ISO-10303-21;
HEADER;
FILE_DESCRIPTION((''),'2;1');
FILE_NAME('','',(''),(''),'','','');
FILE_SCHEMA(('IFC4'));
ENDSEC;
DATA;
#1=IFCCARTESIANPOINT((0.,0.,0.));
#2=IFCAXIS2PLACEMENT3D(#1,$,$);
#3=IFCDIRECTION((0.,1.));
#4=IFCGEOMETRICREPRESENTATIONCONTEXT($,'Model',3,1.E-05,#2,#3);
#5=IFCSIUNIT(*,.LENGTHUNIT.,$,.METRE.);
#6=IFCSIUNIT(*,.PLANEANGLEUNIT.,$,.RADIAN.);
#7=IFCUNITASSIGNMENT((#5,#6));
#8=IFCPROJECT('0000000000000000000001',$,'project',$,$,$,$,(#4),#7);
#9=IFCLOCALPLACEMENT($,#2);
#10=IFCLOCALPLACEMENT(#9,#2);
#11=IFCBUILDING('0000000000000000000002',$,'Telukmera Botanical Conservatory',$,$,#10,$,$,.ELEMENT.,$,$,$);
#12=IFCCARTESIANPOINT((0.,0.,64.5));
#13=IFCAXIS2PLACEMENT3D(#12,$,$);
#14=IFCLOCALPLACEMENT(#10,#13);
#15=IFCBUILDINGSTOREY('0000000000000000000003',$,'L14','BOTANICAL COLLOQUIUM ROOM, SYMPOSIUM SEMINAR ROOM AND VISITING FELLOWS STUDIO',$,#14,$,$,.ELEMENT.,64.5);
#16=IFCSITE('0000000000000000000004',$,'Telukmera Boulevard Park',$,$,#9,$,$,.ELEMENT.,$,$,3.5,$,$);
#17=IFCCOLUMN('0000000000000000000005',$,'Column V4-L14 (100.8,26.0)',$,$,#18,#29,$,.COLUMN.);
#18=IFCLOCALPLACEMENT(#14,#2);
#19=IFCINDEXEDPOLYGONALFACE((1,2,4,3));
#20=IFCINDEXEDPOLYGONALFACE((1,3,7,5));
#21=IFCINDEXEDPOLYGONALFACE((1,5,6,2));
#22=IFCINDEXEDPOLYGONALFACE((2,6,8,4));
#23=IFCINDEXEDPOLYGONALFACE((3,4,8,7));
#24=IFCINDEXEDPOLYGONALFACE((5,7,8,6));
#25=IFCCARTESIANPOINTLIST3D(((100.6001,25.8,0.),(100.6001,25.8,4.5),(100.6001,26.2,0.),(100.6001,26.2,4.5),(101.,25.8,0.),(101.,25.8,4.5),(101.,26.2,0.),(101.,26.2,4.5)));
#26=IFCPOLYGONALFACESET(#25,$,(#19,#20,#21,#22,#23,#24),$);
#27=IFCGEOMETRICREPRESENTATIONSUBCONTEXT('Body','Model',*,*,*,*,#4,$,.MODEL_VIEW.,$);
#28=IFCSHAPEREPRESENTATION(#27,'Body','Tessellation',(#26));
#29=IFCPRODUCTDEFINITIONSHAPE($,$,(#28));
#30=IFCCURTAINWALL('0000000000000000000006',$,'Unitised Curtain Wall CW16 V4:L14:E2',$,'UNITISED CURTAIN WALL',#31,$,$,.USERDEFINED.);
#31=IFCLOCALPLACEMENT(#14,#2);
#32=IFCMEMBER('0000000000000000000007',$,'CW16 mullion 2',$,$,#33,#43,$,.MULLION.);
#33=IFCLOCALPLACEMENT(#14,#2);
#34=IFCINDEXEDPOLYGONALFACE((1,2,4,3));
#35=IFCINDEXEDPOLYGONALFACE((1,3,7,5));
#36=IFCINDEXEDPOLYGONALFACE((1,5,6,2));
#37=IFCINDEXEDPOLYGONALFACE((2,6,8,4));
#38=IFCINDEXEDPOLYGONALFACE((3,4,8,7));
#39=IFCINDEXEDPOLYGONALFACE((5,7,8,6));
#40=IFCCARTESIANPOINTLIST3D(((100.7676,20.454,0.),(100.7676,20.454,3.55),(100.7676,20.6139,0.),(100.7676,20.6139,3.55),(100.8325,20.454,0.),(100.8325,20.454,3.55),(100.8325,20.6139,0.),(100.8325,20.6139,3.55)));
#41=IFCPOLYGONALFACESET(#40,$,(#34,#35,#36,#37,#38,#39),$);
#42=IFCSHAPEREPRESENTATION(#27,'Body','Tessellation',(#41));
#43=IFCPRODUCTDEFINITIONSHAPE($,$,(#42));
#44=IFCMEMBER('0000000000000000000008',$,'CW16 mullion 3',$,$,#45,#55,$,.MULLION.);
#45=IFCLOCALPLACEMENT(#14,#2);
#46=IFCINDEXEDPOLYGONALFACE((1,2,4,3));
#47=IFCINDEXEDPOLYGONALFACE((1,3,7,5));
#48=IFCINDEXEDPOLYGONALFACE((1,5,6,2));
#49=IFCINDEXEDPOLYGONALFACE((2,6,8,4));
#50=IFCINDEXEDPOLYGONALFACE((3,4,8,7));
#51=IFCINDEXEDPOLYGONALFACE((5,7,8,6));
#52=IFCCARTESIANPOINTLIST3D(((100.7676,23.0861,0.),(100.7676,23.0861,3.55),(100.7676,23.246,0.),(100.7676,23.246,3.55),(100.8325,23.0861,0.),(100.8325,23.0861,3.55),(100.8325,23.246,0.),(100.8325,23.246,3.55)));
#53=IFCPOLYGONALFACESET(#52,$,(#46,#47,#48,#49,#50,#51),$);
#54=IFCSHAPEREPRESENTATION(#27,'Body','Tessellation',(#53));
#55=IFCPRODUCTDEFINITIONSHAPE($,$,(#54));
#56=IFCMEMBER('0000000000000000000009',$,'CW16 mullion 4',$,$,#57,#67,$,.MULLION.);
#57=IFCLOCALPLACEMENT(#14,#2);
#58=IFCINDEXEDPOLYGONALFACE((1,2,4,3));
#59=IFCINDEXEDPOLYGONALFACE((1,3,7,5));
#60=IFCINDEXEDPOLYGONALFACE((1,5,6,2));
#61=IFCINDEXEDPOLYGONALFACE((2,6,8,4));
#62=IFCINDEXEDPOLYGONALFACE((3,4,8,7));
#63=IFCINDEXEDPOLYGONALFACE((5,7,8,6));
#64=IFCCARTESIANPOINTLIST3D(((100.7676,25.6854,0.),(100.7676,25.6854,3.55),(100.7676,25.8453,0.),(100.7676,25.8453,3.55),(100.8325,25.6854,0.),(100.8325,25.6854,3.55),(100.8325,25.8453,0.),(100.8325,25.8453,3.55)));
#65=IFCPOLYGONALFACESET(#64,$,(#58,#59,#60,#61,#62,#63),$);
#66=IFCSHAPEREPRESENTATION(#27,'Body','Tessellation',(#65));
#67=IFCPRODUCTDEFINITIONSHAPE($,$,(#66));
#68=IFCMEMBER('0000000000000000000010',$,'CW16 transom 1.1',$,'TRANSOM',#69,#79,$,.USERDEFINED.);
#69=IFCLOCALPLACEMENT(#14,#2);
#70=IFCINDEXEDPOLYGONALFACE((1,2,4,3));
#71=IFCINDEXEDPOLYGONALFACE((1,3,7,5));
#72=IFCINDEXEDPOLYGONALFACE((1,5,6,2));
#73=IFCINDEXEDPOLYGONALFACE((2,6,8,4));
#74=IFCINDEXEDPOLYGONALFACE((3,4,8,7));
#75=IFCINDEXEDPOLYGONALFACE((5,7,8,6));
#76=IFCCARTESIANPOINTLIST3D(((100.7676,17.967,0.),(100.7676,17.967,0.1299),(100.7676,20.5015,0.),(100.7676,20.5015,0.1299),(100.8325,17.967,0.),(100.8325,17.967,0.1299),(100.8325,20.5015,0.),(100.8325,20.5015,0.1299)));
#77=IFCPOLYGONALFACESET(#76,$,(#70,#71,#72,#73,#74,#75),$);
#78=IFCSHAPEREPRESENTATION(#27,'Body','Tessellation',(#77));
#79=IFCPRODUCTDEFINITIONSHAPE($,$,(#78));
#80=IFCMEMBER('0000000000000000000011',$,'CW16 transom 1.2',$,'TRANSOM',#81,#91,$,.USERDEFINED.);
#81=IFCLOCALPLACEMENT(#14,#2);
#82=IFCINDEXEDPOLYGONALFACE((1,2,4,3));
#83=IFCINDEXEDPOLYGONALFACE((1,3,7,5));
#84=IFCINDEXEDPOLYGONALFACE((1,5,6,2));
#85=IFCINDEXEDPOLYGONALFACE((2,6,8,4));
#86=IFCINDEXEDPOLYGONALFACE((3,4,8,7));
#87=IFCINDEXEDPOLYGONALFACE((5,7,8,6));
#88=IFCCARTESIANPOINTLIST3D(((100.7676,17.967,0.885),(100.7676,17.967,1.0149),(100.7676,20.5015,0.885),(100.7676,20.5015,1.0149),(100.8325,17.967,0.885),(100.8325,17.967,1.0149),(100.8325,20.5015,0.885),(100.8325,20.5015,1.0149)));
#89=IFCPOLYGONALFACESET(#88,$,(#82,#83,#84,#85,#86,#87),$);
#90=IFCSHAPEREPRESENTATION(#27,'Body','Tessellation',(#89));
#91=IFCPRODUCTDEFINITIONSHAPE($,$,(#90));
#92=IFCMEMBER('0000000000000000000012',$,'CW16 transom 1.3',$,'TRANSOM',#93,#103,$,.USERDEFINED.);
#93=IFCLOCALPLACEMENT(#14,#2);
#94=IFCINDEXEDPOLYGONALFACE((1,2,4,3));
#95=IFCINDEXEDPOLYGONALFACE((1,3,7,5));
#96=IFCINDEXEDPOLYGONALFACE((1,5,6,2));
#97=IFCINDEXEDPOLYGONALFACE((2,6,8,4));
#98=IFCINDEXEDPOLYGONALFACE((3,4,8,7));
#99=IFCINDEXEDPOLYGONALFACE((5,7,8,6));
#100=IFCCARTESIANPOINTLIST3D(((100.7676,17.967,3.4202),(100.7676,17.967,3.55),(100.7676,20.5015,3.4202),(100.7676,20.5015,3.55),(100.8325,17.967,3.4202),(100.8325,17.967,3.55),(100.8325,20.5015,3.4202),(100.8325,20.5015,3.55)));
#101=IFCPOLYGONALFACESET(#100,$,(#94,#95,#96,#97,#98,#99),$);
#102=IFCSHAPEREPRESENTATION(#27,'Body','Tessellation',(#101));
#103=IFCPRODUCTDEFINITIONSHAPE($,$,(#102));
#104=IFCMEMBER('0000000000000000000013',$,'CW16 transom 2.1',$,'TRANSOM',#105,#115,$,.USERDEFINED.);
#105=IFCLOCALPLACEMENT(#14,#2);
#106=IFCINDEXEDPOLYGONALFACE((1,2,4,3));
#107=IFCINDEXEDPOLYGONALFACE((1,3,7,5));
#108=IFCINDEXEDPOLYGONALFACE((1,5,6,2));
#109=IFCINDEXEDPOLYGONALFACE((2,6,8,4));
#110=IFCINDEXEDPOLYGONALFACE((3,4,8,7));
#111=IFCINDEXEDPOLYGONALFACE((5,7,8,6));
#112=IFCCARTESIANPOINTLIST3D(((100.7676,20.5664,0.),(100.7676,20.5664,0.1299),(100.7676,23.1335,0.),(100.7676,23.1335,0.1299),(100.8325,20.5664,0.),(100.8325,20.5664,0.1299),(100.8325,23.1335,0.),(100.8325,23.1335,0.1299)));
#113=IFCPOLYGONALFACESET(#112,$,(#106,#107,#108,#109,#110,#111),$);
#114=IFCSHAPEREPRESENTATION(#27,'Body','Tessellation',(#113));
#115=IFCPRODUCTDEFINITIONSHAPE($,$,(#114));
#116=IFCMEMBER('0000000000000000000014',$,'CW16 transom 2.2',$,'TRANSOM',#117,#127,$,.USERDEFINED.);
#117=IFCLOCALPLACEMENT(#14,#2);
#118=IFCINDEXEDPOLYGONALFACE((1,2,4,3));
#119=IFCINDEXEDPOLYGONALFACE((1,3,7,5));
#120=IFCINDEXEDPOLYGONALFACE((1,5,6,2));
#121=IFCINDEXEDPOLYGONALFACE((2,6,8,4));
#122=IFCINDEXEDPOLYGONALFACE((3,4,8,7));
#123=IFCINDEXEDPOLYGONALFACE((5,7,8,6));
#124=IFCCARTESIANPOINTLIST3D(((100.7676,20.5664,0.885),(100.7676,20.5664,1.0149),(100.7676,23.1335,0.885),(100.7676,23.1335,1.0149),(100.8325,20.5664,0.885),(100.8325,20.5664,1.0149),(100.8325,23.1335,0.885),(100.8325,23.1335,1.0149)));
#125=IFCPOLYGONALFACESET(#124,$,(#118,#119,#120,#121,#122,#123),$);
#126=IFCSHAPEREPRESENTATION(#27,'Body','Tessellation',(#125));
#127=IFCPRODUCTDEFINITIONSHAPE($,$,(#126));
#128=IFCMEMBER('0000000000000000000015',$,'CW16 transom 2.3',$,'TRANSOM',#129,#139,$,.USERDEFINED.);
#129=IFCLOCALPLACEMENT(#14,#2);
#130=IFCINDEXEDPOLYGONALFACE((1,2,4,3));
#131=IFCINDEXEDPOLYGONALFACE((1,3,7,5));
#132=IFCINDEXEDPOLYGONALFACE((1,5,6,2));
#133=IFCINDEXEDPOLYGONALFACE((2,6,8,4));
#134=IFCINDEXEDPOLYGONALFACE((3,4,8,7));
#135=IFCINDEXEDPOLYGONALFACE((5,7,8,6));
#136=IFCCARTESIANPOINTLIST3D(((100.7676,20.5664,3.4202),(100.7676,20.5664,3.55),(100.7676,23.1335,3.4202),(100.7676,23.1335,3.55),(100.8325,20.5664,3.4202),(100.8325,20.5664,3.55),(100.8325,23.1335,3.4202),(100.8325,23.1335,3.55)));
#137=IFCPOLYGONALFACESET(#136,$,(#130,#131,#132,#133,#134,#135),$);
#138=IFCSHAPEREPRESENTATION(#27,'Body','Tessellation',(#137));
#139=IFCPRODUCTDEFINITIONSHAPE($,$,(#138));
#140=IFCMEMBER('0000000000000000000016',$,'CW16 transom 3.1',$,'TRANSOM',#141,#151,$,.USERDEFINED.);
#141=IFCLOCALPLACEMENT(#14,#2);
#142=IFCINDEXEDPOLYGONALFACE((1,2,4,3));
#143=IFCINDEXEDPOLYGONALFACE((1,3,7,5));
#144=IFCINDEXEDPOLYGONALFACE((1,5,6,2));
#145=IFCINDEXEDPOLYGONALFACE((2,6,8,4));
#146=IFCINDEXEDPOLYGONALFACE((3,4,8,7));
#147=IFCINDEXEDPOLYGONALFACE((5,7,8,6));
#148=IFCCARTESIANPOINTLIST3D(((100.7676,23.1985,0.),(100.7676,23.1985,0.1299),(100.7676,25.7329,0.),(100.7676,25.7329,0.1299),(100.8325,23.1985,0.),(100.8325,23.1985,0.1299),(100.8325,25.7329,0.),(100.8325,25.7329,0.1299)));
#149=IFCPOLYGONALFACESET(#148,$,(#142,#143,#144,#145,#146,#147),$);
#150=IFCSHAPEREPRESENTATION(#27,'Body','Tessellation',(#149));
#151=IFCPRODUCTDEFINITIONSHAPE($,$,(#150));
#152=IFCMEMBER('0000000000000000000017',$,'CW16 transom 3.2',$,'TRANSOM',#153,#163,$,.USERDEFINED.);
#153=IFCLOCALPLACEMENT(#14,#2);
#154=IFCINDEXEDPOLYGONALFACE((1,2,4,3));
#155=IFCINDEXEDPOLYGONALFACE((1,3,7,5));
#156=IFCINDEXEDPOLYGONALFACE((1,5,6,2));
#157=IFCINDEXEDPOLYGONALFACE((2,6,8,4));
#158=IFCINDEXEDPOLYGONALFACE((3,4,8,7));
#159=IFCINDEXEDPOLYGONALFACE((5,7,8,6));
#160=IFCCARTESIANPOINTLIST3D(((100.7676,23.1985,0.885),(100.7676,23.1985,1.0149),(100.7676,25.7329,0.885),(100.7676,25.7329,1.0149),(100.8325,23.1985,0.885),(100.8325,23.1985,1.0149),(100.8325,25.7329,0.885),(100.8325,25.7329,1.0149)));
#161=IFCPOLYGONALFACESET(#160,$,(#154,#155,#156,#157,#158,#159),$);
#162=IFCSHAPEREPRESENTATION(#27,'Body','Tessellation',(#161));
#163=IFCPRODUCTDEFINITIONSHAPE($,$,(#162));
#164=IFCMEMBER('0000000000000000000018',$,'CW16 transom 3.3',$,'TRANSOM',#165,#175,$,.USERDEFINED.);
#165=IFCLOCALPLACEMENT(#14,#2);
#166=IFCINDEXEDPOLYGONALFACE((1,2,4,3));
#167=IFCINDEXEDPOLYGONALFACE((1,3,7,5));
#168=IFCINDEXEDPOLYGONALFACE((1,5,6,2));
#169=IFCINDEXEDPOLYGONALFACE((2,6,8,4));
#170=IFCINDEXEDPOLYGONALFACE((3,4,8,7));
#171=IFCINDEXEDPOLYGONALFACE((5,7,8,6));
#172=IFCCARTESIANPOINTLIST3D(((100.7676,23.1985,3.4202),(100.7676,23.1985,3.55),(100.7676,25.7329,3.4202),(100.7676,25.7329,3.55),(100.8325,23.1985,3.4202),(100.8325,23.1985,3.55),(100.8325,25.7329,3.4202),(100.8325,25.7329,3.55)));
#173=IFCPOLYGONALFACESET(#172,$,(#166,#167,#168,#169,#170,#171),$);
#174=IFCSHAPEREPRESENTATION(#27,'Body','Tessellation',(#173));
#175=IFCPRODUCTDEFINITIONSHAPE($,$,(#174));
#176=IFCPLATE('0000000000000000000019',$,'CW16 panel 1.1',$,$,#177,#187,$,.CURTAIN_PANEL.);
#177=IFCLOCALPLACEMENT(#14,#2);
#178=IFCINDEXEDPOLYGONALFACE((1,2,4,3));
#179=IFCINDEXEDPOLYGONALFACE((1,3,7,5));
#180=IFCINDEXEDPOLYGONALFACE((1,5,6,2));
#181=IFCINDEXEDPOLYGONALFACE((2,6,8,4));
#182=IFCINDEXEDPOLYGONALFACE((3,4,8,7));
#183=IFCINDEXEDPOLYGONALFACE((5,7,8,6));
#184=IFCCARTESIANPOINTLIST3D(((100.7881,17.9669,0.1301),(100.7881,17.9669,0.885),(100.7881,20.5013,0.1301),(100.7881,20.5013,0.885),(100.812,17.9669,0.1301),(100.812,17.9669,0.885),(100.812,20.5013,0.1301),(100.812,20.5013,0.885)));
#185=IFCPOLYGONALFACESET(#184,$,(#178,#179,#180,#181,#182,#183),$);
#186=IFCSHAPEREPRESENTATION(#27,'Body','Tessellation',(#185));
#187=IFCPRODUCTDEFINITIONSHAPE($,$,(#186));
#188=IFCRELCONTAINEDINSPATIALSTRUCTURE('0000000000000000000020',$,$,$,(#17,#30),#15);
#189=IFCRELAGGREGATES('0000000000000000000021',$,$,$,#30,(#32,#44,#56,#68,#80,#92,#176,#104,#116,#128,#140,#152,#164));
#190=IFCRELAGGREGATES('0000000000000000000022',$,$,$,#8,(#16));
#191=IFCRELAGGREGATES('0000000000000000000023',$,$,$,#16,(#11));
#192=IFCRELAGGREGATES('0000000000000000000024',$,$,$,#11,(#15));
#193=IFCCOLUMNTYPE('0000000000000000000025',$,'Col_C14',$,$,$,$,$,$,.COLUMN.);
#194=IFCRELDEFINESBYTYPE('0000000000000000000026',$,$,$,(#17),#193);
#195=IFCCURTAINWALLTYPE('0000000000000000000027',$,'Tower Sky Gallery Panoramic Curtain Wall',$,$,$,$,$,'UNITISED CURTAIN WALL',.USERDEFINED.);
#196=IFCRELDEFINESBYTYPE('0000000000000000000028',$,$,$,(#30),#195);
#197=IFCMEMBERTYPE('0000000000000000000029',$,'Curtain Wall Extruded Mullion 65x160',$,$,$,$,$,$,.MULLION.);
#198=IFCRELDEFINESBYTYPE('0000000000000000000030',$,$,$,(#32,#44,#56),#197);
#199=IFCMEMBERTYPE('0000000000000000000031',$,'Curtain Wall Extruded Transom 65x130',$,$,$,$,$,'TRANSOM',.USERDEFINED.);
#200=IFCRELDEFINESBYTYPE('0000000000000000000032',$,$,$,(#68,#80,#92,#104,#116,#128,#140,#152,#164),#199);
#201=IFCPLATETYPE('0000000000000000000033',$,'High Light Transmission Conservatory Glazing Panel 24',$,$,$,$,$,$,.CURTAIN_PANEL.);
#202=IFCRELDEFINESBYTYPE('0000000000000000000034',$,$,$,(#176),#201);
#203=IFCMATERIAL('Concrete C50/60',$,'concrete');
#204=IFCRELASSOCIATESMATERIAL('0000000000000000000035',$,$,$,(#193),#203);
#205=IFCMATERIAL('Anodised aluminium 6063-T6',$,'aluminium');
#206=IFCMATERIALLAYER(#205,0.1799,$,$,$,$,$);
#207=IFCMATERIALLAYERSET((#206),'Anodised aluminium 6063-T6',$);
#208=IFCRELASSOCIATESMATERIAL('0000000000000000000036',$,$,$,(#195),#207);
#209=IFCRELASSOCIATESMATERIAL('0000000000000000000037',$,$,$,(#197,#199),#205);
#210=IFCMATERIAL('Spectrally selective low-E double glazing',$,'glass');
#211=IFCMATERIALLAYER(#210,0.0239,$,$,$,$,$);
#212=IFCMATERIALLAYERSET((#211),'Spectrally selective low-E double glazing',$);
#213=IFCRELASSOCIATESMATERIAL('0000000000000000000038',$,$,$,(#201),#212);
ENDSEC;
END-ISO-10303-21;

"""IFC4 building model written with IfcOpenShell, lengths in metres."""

from ifc_helpers import new_model, si_unit, direction, frame, origin, origin_2d, place, context, subcontext, project, spatial, rectangle, extrude, material, layer, layer_set, material_profile, profile_set, type_object, element, aggregate, save


model = new_model("IFC4")

# Units and contexts
model_context = context("Model", 3, precision=1e-05, world=origin(), true_north=direction((0.0, 1.0)))
body_context = subcontext(model_context, "Body", "Model", "MODEL_VIEW")
ifc_project = project(units=[si_unit("LENGTHUNIT", "METRE"), si_unit("PLANEANGLEUNIT", "RADIAN")], contexts=[model_context])

# Site, building, storey
site_placement = place(None, origin())
site = spatial("IfcSite", under=ifc_project, at=site_placement, Name="Telukmera Boulevard Park", CompositionType="ELEMENT", RefElevation=3.5)
building_placement = place(site_placement, origin())
building = spatial("IfcBuilding", under=site, at=building_placement, Name="Telukmera Botanical Conservatory", CompositionType="ELEMENT")
storey_placement = place(building_placement, frame((0.0, 0.0, 64.5)))
storey = spatial("IfcBuildingStorey", under=building, at=storey_placement, Name="L14", Description="BOTANICAL COLLOQUIUM ROOM, SYMPOSIUM SEMINAR ROOM AND VISITING FELLOWS STUDIO", CompositionType="ELEMENT", Elevation=64.5)

# Column
ifc_material_1 = material(Name="Concrete C50/60", Category="concrete")
ifc_material_profile_1 = material_profile(ifc_material_1, rectangle(XDim=0.3999, YDim=0.3999, at=origin_2d()), Name="RC 400x400")
ifc_profile_set_1 = profile_set([ifc_material_profile_1], Name="Concrete C50/60")
column_type = type_object("IfcColumnType", Name="Col_C14", PredefinedType="COLUMN", material=ifc_profile_set_1)
column_placement = place(storey_placement, frame((100.8, 26.0, 0.0), z_axis=(0.0, 0.0, 1.0), x_axis=(1.0, 0.0, 0.0)))
element("IfcColumn", 1, at=column_placement, inside=storey, type_object=column_type, Name="Column V4-L14 (100.8,26.0)", PredefinedType="COLUMN", context=body_context, shape_type="SweptSolid", body=[
    extrude(rectangle(XDim=0.3999, YDim=0.3999, at=origin_2d()), origin(), (0.0, 0.0, 1.0), 4.5),
])

# Curtain wall, members, plate
ifc_material_2 = material(Name="Anodised aluminium 6063-T6", Category="aluminium")
ifc_layer_1 = layer(ifc_material_2, 0.1799)
ifc_layer_set_1 = layer_set([ifc_layer_1], Name="Anodised aluminium 6063-T6")
curtain_wall_type = type_object("IfcCurtainWallType", Name="Tower Sky Gallery Panoramic Curtain Wall", ElementType="UNITISED CURTAIN WALL", PredefinedType="USERDEFINED", material=ifc_layer_set_1)
curtain_wall_placement = place(storey_placement, origin())
curtain_wall = element("IfcCurtainWall", 2, at=curtain_wall_placement, inside=storey, type_object=curtain_wall_type, Name="Unitised Curtain Wall CW16 V4:L14:E2", ObjectType="UNITISED CURTAIN WALL", PredefinedType="USERDEFINED")
ifc_material_profile_2 = material_profile(ifc_material_2, rectangle(XDim=0.0649, YDim=0.1599, at=origin_2d()), Name="ALU MULL 65x160")
ifc_profile_set_2 = profile_set([ifc_material_profile_2], Name="Anodised aluminium 6063-T6")
member_type_1 = type_object("IfcMemberType", Name="Curtain Wall Extruded Mullion 65x160", PredefinedType="MULLION", material=ifc_profile_set_2)
member_1_placement = place(storey_placement, frame((100.8, 20.5339, 0.0), z_axis=(0.0, 0.0, 1.0), x_axis=(-1.0, 0.0, 0.0)))
member_1 = element("IfcMember", 3, at=member_1_placement, type_object=member_type_1, Name="CW16 mullion 2", PredefinedType="MULLION", context=body_context, shape_type="SweptSolid", body=[
    extrude(rectangle(XDim=0.0649, YDim=0.1599, at=origin_2d()), origin(), (0.0, 0.0, 1.0), 3.55),
])
member_2_placement = place(storey_placement, frame((100.8, 23.166, 0.0), z_axis=(0.0, 0.0, 1.0), x_axis=(-1.0, 0.0, 0.0)))
member_2 = element("IfcMember", 4, at=member_2_placement, type_object=member_type_1, Name="CW16 mullion 3", PredefinedType="MULLION", context=body_context, shape_type="SweptSolid", body=[
    extrude(rectangle(XDim=0.0649, YDim=0.1599, at=origin_2d()), origin(), (0.0, 0.0, 1.0), 3.55),
])
member_3_placement = place(storey_placement, frame((100.8, 25.7654, 0.0), z_axis=(0.0, 0.0, 1.0), x_axis=(-1.0, 0.0, 0.0)))
member_3 = element("IfcMember", 5, at=member_3_placement, type_object=member_type_1, Name="CW16 mullion 4", PredefinedType="MULLION", context=body_context, shape_type="SweptSolid", body=[
    extrude(rectangle(XDim=0.0649, YDim=0.1599, at=origin_2d()), origin(), (0.0, 0.0, 1.0), 3.55),
])
ifc_material_profile_3 = material_profile(ifc_material_2, rectangle(XDim=0.0649, YDim=0.1299, at=origin_2d()), Name="ALU TRAN 65x130")
ifc_profile_set_3 = profile_set([ifc_material_profile_3], Name="Anodised aluminium 6063-T6")
member_type_2 = type_object("IfcMemberType", Name="Curtain Wall Extruded Transom 65x130", ElementType="TRANSOM", PredefinedType="USERDEFINED", material=ifc_profile_set_3)
member_4_placement = place(storey_placement, frame((100.8, 17.967, 0.0649), z_axis=(0.0, 1.0, 0.0), x_axis=(-1.0, 0.0, 0.0)))
member_4 = element("IfcMember", 6, at=member_4_placement, type_object=member_type_2, Name="CW16 transom 1.1", ObjectType="TRANSOM", PredefinedType="USERDEFINED", context=body_context, shape_type="SweptSolid", body=[
    extrude(rectangle(XDim=0.0649, YDim=0.1299, at=origin_2d()), origin(), (0.0, 0.0, 1.0), 2.5344),
])
member_5_placement = place(storey_placement, frame((100.8, 17.967, 0.95), z_axis=(0.0, 1.0, 0.0), x_axis=(-1.0, 0.0, 0.0)))
member_5 = element("IfcMember", 7, at=member_5_placement, type_object=member_type_2, Name="CW16 transom 1.2", ObjectType="TRANSOM", PredefinedType="USERDEFINED", context=body_context, shape_type="SweptSolid", body=[
    extrude(rectangle(XDim=0.0649, YDim=0.1299, at=origin_2d()), origin(), (0.0, 0.0, 1.0), 2.5344),
])
member_6_placement = place(storey_placement, frame((100.8, 17.967, 3.4851), z_axis=(0.0, 1.0, 0.0), x_axis=(-1.0, 0.0, 0.0)))
member_6 = element("IfcMember", 8, at=member_6_placement, type_object=member_type_2, Name="CW16 transom 1.3", ObjectType="TRANSOM", PredefinedType="USERDEFINED", context=body_context, shape_type="SweptSolid", body=[
    extrude(rectangle(XDim=0.0649, YDim=0.1299, at=origin_2d()), origin(), (0.0, 0.0, 1.0), 2.5344),
])
member_7_placement = place(storey_placement, frame((100.8, 20.5664, 0.0649), z_axis=(0.0, 1.0, 0.0), x_axis=(-1.0, 0.0, 0.0)))
member_7 = element("IfcMember", 9, at=member_7_placement, type_object=member_type_2, Name="CW16 transom 2.1", ObjectType="TRANSOM", PredefinedType="USERDEFINED", context=body_context, shape_type="SweptSolid", body=[
    extrude(rectangle(XDim=0.0649, YDim=0.1299, at=origin_2d()), origin(), (0.0, 0.0, 1.0), 2.5671),
])
member_8_placement = place(storey_placement, frame((100.8, 20.5664, 0.95), z_axis=(0.0, 1.0, 0.0), x_axis=(-1.0, 0.0, 0.0)))
member_8 = element("IfcMember", 10, at=member_8_placement, type_object=member_type_2, Name="CW16 transom 2.2", ObjectType="TRANSOM", PredefinedType="USERDEFINED", context=body_context, shape_type="SweptSolid", body=[
    extrude(rectangle(XDim=0.0649, YDim=0.1299, at=origin_2d()), origin(), (0.0, 0.0, 1.0), 2.5671),
])
member_9_placement = place(storey_placement, frame((100.8, 20.5664, 3.4851), z_axis=(0.0, 1.0, 0.0), x_axis=(-1.0, 0.0, 0.0)))
member_9 = element("IfcMember", 11, at=member_9_placement, type_object=member_type_2, Name="CW16 transom 2.3", ObjectType="TRANSOM", PredefinedType="USERDEFINED", context=body_context, shape_type="SweptSolid", body=[
    extrude(rectangle(XDim=0.0649, YDim=0.1299, at=origin_2d()), origin(), (0.0, 0.0, 1.0), 2.5671),
])
member_10_placement = place(storey_placement, frame((100.8, 23.1985, 0.0649), z_axis=(0.0, 1.0, 0.0), x_axis=(-1.0, 0.0, 0.0)))
member_10 = element("IfcMember", 12, at=member_10_placement, type_object=member_type_2, Name="CW16 transom 3.1", ObjectType="TRANSOM", PredefinedType="USERDEFINED", context=body_context, shape_type="SweptSolid", body=[
    extrude(rectangle(XDim=0.0649, YDim=0.1299, at=origin_2d()), origin(), (0.0, 0.0, 1.0), 2.5344),
])
member_11_placement = place(storey_placement, frame((100.8, 23.1985, 0.95), z_axis=(0.0, 1.0, 0.0), x_axis=(-1.0, 0.0, 0.0)))
member_11 = element("IfcMember", 13, at=member_11_placement, type_object=member_type_2, Name="CW16 transom 3.2", ObjectType="TRANSOM", PredefinedType="USERDEFINED", context=body_context, shape_type="SweptSolid", body=[
    extrude(rectangle(XDim=0.0649, YDim=0.1299, at=origin_2d()), origin(), (0.0, 0.0, 1.0), 2.5344),
])
member_12_placement = place(storey_placement, frame((100.8, 23.1985, 3.4851), z_axis=(0.0, 1.0, 0.0), x_axis=(-1.0, 0.0, 0.0)))
member_12 = element("IfcMember", 14, at=member_12_placement, type_object=member_type_2, Name="CW16 transom 3.3", ObjectType="TRANSOM", PredefinedType="USERDEFINED", context=body_context, shape_type="SweptSolid", body=[
    extrude(rectangle(XDim=0.0649, YDim=0.1299, at=origin_2d()), origin(), (0.0, 0.0, 1.0), 2.5344),
])
ifc_material_3 = material(Name="Spectrally selective low-E double glazing", Category="glass")
ifc_layer_2 = layer(ifc_material_3, 0.0239)
ifc_layer_set_2 = layer_set([ifc_layer_2], Name="Spectrally selective low-E double glazing")
plate_type = type_object("IfcPlateType", Name="High Light Transmission Conservatory Glazing Panel 24", PredefinedType="CURTAIN_PANEL", material=ifc_layer_set_2)
plate_1_placement = place(storey_placement, frame((100.8, 19.2341, 0.1301), z_axis=(0.0, 0.0, 1.0), x_axis=(0.0, 1.0, 0.0)))
plate_1 = element("IfcPlate", 15, at=plate_1_placement, type_object=plate_type, Name="CW16 panel 1.1", PredefinedType="CURTAIN_PANEL", context=body_context, shape_type="SweptSolid", body=[
    extrude(rectangle(XDim=2.5344, YDim=0.0239, at=origin_2d()), origin(), (0.0, 0.0, 1.0), 0.7549),
])
aggregate(curtain_wall, [member_1, member_2, member_3, member_4, member_5, member_6, plate_1, member_7, member_8, member_9, member_10, member_11, member_12])

save(model, "model.ifc")
